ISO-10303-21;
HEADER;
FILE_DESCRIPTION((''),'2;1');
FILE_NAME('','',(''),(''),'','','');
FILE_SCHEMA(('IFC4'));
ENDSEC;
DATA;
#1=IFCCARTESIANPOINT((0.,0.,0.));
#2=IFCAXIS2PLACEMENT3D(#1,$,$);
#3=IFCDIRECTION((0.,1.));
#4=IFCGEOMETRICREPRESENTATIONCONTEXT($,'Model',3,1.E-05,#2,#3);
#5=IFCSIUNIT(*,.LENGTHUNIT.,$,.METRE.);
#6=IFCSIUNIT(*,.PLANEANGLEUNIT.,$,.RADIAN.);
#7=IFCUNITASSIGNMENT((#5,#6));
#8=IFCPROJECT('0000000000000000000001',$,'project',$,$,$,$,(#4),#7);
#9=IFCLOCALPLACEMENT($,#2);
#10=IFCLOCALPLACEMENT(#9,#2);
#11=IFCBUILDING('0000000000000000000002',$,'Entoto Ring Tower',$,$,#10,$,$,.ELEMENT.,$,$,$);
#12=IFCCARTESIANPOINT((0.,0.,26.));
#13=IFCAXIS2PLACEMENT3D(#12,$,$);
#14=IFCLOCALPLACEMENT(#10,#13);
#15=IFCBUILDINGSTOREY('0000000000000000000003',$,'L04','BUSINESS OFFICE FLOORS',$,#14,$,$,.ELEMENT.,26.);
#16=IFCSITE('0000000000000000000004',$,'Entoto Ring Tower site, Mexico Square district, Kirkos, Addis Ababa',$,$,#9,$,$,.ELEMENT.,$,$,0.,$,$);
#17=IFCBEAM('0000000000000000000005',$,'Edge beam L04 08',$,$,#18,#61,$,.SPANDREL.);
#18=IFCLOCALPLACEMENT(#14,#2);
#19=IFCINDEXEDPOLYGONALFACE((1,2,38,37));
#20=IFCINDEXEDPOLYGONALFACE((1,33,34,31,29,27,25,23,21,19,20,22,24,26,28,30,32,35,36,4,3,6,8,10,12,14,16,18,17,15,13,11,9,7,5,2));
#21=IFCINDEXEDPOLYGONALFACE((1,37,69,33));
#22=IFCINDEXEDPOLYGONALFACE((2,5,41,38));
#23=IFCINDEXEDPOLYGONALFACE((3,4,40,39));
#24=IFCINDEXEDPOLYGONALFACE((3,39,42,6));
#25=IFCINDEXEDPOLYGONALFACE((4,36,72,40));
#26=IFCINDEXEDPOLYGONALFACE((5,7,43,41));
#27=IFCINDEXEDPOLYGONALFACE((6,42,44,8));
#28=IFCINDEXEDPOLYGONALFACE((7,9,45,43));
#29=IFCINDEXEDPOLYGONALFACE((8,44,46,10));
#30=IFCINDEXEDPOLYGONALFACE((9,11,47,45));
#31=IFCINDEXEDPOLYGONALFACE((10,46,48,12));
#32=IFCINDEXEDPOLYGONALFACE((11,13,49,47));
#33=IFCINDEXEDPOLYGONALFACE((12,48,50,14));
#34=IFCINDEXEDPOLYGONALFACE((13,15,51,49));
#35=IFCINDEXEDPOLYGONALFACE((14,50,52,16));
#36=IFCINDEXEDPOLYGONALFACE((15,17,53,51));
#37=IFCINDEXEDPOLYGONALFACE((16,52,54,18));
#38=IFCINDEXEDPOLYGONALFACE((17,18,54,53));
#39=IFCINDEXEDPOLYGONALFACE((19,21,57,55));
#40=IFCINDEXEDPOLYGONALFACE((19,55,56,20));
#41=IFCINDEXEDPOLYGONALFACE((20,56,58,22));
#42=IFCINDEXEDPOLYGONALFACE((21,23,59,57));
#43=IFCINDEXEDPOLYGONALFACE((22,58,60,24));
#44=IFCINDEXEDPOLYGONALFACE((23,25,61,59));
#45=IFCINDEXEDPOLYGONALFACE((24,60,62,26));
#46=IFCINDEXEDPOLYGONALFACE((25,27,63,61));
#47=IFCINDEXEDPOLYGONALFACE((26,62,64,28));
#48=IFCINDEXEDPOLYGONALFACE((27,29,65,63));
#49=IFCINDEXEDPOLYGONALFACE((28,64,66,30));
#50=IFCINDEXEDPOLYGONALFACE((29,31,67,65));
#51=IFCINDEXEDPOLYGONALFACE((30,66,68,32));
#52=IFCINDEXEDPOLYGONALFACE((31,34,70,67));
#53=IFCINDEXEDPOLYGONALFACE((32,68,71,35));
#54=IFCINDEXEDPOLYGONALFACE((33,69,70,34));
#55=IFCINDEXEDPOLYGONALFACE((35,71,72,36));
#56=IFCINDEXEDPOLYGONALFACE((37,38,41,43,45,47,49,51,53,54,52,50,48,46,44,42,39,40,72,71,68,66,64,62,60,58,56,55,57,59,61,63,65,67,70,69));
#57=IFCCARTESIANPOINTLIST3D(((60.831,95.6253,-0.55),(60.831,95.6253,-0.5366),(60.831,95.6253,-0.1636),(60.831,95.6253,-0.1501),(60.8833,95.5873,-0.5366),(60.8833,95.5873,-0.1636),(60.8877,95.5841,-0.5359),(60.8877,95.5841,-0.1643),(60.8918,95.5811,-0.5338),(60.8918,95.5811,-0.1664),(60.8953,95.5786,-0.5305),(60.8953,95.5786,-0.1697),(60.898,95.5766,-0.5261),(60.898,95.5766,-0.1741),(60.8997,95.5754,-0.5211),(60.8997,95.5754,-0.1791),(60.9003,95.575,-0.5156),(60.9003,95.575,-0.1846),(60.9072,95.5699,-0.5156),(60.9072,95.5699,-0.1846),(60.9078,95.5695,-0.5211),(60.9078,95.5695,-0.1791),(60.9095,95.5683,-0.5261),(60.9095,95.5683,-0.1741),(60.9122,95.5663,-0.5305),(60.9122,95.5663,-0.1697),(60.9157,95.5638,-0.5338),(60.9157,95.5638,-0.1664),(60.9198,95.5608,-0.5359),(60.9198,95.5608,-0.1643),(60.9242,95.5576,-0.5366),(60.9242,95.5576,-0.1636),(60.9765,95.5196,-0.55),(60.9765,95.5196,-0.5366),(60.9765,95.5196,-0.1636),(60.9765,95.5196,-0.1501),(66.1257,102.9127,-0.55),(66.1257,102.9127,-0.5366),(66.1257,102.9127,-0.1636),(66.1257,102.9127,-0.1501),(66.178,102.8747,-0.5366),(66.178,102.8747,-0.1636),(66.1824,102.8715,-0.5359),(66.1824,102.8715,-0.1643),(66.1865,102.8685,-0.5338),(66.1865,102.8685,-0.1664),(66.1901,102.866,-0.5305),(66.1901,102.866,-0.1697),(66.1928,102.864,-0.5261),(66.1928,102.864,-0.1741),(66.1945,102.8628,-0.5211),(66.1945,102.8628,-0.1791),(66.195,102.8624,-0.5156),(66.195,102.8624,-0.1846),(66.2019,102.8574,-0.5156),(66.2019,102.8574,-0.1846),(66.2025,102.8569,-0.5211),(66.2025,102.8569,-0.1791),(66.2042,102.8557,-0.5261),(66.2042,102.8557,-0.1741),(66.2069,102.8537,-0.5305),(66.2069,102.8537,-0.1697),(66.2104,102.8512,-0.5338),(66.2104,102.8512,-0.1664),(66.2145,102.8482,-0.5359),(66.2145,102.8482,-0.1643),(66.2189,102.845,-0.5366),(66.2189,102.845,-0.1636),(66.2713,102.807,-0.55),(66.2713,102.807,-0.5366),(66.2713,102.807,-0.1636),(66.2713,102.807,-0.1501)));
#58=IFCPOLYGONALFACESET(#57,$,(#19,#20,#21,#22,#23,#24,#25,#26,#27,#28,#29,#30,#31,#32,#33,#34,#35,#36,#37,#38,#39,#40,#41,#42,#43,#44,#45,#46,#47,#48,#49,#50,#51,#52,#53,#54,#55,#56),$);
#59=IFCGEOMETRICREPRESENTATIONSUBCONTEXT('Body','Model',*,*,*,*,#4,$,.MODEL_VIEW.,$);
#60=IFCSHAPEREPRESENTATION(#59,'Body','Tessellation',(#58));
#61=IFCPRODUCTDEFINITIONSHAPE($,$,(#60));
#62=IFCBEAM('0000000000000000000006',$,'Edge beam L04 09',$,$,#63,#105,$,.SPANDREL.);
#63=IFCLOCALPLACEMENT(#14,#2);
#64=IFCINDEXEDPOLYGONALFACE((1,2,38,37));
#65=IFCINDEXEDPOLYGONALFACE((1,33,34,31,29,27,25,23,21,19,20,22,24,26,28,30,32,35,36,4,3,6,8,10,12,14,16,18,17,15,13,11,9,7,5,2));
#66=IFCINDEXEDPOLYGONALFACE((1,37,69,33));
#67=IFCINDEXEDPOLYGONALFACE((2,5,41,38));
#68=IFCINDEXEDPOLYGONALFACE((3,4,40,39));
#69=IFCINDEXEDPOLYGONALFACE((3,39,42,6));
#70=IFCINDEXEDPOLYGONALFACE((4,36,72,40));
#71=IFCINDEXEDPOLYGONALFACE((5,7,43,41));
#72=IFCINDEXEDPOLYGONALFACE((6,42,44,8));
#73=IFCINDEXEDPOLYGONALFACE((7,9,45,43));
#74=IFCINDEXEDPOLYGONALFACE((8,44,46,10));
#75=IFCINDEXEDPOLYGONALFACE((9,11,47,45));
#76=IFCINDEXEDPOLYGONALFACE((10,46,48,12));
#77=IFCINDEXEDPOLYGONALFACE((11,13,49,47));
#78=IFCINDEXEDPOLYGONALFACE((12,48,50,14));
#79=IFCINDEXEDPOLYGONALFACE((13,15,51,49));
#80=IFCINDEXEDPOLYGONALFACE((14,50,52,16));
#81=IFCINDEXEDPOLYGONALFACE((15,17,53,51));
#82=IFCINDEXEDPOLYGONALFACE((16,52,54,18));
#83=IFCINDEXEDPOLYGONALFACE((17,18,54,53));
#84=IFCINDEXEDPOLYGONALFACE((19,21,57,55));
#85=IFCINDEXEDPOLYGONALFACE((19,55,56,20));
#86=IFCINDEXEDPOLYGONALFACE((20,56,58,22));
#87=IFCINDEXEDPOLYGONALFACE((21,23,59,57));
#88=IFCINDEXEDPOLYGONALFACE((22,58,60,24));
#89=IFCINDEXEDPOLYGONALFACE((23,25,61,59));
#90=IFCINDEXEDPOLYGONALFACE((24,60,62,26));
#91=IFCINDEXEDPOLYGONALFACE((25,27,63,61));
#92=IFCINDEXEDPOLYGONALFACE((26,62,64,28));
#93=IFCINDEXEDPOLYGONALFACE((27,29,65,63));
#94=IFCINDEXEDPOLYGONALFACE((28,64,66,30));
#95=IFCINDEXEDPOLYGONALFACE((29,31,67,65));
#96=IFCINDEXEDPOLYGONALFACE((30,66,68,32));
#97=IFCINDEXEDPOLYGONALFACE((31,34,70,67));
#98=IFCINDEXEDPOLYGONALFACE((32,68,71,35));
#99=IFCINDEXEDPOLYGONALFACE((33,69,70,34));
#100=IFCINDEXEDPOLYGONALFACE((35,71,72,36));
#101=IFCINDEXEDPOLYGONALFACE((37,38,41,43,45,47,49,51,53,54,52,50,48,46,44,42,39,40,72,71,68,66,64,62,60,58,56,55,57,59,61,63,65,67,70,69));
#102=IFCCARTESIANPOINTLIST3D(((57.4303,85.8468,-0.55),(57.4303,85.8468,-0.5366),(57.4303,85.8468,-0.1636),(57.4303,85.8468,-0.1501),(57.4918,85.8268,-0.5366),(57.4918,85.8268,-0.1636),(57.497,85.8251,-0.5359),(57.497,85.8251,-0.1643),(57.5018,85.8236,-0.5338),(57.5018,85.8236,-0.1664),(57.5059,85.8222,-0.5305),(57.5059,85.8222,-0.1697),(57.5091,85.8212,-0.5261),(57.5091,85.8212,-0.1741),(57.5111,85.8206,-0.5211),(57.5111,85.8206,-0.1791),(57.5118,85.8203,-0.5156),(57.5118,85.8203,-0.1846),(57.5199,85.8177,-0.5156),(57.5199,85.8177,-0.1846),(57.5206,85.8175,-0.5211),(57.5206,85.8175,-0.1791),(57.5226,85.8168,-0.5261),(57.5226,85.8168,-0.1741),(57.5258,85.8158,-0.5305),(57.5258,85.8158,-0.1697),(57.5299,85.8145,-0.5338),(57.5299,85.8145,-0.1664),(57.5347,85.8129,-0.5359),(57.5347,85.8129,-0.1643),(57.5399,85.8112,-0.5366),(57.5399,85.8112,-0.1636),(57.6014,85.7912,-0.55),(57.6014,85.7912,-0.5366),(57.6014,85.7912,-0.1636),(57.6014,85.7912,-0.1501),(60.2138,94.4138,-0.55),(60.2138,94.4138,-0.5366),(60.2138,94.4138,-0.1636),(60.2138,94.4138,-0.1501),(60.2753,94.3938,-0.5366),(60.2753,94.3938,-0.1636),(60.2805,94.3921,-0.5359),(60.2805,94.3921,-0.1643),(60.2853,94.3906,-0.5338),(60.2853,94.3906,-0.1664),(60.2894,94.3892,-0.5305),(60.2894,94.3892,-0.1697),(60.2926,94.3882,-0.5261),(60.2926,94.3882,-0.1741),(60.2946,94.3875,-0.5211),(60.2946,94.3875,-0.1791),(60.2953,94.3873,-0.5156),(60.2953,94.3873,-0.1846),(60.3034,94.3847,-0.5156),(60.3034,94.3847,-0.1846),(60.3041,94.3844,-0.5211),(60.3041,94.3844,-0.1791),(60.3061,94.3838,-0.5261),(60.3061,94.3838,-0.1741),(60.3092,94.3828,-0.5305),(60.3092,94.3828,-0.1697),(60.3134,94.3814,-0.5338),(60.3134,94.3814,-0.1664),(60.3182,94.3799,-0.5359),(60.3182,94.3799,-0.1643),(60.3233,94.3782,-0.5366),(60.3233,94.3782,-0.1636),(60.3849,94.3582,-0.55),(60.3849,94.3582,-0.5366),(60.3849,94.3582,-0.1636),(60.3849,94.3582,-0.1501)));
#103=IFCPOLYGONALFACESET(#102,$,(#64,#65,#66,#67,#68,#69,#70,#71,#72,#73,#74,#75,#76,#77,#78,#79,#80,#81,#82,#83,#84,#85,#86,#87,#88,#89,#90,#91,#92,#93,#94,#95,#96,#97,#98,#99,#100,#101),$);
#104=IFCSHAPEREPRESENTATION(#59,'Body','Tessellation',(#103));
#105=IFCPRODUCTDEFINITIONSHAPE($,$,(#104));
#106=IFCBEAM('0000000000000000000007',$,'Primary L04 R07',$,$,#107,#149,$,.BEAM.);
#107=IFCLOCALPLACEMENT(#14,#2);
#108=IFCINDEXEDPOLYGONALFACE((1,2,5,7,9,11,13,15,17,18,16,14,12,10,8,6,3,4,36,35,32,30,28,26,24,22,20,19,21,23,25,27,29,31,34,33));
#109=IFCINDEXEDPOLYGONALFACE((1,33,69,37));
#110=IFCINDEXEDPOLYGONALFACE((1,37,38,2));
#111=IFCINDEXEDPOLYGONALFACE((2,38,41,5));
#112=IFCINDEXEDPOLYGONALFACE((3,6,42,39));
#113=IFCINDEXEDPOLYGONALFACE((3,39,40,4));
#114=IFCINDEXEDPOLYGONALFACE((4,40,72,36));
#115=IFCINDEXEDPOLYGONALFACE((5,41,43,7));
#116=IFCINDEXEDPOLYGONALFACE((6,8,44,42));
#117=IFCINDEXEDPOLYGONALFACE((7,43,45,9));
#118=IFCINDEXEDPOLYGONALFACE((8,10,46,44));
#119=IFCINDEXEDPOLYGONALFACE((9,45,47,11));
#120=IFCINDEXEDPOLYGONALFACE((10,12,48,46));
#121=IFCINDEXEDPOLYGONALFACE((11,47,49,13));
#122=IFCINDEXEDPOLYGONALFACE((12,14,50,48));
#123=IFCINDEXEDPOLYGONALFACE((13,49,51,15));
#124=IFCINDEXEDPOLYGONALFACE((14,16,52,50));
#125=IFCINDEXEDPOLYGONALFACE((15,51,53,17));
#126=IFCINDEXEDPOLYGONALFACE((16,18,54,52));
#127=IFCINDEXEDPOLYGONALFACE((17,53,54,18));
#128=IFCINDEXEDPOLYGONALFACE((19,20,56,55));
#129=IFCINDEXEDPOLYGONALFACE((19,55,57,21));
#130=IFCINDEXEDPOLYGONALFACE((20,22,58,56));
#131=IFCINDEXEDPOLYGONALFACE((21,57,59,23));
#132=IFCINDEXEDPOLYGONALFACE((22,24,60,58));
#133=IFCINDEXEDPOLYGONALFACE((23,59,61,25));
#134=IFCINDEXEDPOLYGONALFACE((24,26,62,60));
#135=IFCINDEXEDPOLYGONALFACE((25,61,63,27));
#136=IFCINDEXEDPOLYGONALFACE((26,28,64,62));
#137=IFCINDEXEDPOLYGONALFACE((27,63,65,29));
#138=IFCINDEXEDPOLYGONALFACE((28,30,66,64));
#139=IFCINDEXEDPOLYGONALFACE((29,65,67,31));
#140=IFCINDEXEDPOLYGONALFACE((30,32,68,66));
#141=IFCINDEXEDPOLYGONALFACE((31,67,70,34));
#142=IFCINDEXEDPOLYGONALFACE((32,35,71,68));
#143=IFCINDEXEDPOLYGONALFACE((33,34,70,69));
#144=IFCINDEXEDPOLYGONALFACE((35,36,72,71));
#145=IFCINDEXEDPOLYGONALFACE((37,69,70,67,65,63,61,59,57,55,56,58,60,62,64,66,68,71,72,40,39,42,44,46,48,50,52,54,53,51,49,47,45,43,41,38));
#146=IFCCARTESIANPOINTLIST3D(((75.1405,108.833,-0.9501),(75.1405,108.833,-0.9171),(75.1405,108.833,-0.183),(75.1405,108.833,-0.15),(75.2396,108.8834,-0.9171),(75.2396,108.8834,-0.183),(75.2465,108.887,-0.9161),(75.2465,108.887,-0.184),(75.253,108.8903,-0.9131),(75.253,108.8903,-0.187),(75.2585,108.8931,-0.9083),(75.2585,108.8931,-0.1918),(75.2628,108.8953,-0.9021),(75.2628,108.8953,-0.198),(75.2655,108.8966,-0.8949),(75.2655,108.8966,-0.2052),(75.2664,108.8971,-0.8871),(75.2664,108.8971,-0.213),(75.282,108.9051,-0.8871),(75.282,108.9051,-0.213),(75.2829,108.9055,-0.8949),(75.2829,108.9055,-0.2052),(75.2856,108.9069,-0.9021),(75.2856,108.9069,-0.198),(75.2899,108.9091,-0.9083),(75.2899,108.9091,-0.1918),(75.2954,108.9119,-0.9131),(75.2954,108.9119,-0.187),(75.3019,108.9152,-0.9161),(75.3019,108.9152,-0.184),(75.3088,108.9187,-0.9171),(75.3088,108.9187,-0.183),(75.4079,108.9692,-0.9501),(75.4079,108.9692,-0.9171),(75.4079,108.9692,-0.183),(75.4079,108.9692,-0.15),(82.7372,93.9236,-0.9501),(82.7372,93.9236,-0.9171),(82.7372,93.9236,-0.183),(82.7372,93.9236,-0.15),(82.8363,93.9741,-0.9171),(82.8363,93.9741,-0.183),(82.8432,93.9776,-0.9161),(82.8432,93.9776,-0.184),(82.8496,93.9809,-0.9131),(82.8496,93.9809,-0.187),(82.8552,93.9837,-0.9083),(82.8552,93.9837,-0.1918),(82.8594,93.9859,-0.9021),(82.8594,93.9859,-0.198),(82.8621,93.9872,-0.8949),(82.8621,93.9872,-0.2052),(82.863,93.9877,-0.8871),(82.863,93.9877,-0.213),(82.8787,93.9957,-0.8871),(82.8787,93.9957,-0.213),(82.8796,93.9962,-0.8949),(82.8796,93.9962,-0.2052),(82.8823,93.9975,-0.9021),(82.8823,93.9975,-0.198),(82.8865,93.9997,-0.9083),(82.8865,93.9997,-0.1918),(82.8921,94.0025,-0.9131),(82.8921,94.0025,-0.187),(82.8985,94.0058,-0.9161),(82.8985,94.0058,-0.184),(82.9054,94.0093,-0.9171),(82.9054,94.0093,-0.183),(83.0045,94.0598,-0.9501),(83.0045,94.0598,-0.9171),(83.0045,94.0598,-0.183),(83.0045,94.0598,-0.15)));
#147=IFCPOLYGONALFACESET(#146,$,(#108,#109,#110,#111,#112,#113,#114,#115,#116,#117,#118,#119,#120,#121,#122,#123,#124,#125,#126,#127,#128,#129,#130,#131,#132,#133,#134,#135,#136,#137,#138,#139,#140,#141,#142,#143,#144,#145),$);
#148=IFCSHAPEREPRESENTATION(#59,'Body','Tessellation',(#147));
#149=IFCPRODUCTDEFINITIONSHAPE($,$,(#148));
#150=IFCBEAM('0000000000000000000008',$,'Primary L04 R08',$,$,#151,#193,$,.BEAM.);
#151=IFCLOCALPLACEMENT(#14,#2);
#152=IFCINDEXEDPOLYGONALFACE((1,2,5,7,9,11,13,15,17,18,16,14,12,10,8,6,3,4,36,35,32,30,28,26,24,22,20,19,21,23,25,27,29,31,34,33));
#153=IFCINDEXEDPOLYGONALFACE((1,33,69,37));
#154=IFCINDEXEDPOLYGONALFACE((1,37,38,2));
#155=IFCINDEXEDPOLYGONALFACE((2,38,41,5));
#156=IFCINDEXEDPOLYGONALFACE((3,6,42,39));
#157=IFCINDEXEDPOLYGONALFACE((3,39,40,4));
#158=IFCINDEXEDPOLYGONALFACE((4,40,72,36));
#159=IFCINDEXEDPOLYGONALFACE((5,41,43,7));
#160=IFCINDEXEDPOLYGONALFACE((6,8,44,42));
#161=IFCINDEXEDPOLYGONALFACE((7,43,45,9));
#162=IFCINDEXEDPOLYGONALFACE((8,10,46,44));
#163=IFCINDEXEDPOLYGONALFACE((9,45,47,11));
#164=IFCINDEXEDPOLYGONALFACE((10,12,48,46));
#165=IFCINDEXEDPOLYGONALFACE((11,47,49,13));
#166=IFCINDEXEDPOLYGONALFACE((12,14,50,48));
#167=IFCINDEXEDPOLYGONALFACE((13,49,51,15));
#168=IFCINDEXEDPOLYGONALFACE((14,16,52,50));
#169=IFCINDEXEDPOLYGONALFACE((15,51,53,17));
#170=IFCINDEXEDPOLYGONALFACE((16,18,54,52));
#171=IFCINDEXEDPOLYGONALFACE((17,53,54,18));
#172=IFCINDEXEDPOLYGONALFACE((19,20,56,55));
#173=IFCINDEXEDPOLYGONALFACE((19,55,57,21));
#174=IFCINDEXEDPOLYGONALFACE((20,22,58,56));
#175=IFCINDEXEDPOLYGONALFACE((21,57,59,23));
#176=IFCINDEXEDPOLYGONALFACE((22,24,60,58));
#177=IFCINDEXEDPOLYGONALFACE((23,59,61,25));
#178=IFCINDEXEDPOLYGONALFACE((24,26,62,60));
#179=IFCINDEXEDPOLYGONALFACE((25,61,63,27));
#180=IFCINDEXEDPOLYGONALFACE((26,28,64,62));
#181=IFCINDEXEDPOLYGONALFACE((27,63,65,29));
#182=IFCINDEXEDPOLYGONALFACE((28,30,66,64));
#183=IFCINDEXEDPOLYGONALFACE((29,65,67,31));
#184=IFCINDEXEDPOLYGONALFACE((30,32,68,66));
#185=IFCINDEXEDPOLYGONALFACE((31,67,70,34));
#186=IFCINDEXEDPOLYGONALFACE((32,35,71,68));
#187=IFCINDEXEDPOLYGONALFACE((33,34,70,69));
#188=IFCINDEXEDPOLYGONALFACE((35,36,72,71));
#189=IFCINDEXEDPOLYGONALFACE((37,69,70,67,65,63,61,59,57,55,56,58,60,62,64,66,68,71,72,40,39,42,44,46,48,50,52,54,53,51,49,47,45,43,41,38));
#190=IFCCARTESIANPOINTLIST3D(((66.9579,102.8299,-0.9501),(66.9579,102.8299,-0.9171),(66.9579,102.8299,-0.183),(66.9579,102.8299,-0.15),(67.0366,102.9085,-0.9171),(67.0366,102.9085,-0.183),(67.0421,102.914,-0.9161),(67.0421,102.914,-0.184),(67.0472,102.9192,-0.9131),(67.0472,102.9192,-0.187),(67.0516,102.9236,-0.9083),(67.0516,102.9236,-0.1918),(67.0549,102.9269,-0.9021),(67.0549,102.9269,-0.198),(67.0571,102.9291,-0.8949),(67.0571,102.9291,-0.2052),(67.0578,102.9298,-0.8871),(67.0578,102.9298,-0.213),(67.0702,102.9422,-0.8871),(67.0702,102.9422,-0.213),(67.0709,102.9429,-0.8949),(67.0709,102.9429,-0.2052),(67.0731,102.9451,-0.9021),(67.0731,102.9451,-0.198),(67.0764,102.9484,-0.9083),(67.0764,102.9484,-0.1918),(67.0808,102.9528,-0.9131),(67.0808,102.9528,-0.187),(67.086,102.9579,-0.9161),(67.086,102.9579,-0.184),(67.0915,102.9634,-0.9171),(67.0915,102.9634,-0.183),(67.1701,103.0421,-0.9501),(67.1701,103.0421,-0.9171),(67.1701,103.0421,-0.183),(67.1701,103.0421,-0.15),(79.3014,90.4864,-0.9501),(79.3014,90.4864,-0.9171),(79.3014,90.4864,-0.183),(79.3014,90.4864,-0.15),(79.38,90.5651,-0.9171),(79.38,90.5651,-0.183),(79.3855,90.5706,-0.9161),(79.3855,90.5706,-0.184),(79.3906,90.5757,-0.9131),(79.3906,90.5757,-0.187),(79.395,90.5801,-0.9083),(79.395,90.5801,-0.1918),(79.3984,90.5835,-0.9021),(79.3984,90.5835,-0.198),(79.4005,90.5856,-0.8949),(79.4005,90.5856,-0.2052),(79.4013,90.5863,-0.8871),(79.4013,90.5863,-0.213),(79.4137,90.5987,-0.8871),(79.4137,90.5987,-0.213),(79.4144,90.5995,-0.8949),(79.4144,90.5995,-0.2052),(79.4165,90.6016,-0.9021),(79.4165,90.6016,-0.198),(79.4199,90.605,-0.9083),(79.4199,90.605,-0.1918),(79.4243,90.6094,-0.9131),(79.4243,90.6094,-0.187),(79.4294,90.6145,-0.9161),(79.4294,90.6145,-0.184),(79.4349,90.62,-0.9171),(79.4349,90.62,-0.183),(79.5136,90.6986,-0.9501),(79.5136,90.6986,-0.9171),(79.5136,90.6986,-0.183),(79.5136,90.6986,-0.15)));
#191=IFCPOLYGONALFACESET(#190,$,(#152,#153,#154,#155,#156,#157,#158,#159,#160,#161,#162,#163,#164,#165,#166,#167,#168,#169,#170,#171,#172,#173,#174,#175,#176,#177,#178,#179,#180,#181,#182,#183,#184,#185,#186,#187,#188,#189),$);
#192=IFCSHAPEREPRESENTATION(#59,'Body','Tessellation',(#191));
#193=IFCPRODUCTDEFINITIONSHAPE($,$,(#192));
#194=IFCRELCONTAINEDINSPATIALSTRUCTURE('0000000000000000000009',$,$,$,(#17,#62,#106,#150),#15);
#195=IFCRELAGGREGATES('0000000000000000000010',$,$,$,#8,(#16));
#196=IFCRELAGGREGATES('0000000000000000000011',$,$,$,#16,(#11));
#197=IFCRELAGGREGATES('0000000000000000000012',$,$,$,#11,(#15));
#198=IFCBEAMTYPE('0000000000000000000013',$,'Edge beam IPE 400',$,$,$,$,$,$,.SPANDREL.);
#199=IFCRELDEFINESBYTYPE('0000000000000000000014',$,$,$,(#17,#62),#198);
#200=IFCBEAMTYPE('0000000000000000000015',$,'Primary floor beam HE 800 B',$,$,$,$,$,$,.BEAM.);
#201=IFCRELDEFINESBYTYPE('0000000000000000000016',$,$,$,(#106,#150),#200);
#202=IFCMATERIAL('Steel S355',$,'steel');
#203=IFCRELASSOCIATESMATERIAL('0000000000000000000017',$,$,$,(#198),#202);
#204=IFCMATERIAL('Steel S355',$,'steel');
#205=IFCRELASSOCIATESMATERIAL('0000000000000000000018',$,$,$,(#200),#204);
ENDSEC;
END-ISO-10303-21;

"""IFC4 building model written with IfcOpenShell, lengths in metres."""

from ifc_helpers import new_model, si_unit, direction, frame, origin, origin_2d, place, context, subcontext, project, spatial, i_section, extrude, material, material_profile, profile_set, type_object, element, save


model = new_model("IFC4")

# Units and contexts
model_context = context("Model", 3, precision=1e-05, world=origin(), true_north=direction((0.0, 1.0)))
body_context = subcontext(model_context, "Body", "Model", "MODEL_VIEW")
ifc_project = project(units=[si_unit("LENGTHUNIT", "METRE"), si_unit("PLANEANGLEUNIT", "RADIAN")], contexts=[model_context])

# Site, building, storey
site_placement = place(None, origin())
site = spatial("IfcSite", under=ifc_project, at=site_placement, Name="Entoto Ring Tower site, Mexico Square district, Kirkos, Addis Ababa", CompositionType="ELEMENT", RefElevation=0.0)
building_placement = place(site_placement, origin())
building = spatial("IfcBuilding", under=site, at=building_placement, Name="Entoto Ring Tower", CompositionType="ELEMENT")
storey_placement = place(building_placement, frame((0.0, 0.0, 26.0)))
storey = spatial("IfcBuildingStorey", under=building, at=storey_placement, Name="L04", Description="BUSINESS OFFICE FLOORS", CompositionType="ELEMENT", Elevation=26.0)

# Beams
ifc_material_1 = material(Name="Steel S355", Category="steel")
ifc_material_profile_1 = material_profile(ifc_material_1, i_section(OverallWidth=0.1799, OverallDepth=0.3999, WebThickness=0.0085, FlangeThickness=0.0134, FilletRadius=0.021, at=origin_2d()), Name="IPE 400")
ifc_profile_set_1 = profile_set([ifc_material_profile_1], Name="Steel S355")
beam_type_1 = type_object("IfcBeamType", Name="Edge beam IPE 400", PredefinedType="SPANDREL", material=ifc_profile_set_1)
for number, where, z_axis, x_axis, name in (
    (1, (66.1985, 102.8599, -0.3501), (-0.587793, -0.809011, 0.0), (0.809011, -0.587793, 0.0), "Edge beam L04 08"),
    (2, (60.2993, 94.386, -0.3501), (-0.309006, -0.95106, 0.0), (0.95106, -0.309006, 0.0), "Edge beam L04 09"),
):
    element("IfcBeam", number, at=place(storey_placement, frame(where, z_axis=z_axis, x_axis=x_axis)), inside=storey, type_object=beam_type_1, Name=name, PredefinedType="SPANDREL", context=body_context, shape_type="SweptSolid", body=[
        extrude(i_section(OverallWidth=0.1799, OverallDepth=0.3999, WebThickness=0.0085, FlangeThickness=0.0134, FilletRadius=0.021, at=origin_2d()), origin(), (0.0, 0.0, 1.0), 9.0078),
    ])
ifc_material_2 = material(Name="Steel S355", Category="steel")
ifc_material_profile_2 = material_profile(ifc_material_2, i_section(OverallWidth=0.3, OverallDepth=0.8, WebThickness=0.0176, FlangeThickness=0.033, FilletRadius=0.03, at=origin_2d()), Name="HE 800 B")
ifc_profile_set_2 = profile_set([ifc_material_profile_2], Name="Steel S355")
beam_type_2 = type_object("IfcBeamType", Name="Primary floor beam HE 800 B", PredefinedType="BEAM", material=ifc_profile_set_2)
beam_1_placement = place(storey_placement, frame((82.8708, 93.9917, -0.55), z_axis=(-0.453988, 0.891008, 0.0), x_axis=(-0.891008, -0.453988, 0.0)))
element("IfcBeam", 3, at=beam_1_placement, inside=storey, type_object=beam_type_2, Name="Primary L04 R07", PredefinedType="BEAM", context=body_context, shape_type="SweptSolid", body=[
    extrude(i_section(OverallWidth=0.3, OverallDepth=0.8, WebThickness=0.0176, FlangeThickness=0.033, FilletRadius=0.03, at=origin_2d()), origin(), (0.0, 0.0, 1.0), 16.7332),
])
beam_2_placement = place(storey_placement, frame((79.4075, 90.5925, -0.55), z_axis=(-0.707107, 0.707107, 0.0), x_axis=(-0.707107, -0.707107, 0.0)))
element("IfcBeam", 4, at=beam_2_placement, inside=storey, type_object=beam_type_2, Name="Primary L04 R08", PredefinedType="BEAM", context=body_context, shape_type="SweptSolid", body=[
    extrude(i_section(OverallWidth=0.3, OverallDepth=0.8, WebThickness=0.0176, FlangeThickness=0.033, FilletRadius=0.03, at=origin_2d()), origin(), (0.0, 0.0, 1.0), 17.4563),
])

save(model, "model.ifc")
